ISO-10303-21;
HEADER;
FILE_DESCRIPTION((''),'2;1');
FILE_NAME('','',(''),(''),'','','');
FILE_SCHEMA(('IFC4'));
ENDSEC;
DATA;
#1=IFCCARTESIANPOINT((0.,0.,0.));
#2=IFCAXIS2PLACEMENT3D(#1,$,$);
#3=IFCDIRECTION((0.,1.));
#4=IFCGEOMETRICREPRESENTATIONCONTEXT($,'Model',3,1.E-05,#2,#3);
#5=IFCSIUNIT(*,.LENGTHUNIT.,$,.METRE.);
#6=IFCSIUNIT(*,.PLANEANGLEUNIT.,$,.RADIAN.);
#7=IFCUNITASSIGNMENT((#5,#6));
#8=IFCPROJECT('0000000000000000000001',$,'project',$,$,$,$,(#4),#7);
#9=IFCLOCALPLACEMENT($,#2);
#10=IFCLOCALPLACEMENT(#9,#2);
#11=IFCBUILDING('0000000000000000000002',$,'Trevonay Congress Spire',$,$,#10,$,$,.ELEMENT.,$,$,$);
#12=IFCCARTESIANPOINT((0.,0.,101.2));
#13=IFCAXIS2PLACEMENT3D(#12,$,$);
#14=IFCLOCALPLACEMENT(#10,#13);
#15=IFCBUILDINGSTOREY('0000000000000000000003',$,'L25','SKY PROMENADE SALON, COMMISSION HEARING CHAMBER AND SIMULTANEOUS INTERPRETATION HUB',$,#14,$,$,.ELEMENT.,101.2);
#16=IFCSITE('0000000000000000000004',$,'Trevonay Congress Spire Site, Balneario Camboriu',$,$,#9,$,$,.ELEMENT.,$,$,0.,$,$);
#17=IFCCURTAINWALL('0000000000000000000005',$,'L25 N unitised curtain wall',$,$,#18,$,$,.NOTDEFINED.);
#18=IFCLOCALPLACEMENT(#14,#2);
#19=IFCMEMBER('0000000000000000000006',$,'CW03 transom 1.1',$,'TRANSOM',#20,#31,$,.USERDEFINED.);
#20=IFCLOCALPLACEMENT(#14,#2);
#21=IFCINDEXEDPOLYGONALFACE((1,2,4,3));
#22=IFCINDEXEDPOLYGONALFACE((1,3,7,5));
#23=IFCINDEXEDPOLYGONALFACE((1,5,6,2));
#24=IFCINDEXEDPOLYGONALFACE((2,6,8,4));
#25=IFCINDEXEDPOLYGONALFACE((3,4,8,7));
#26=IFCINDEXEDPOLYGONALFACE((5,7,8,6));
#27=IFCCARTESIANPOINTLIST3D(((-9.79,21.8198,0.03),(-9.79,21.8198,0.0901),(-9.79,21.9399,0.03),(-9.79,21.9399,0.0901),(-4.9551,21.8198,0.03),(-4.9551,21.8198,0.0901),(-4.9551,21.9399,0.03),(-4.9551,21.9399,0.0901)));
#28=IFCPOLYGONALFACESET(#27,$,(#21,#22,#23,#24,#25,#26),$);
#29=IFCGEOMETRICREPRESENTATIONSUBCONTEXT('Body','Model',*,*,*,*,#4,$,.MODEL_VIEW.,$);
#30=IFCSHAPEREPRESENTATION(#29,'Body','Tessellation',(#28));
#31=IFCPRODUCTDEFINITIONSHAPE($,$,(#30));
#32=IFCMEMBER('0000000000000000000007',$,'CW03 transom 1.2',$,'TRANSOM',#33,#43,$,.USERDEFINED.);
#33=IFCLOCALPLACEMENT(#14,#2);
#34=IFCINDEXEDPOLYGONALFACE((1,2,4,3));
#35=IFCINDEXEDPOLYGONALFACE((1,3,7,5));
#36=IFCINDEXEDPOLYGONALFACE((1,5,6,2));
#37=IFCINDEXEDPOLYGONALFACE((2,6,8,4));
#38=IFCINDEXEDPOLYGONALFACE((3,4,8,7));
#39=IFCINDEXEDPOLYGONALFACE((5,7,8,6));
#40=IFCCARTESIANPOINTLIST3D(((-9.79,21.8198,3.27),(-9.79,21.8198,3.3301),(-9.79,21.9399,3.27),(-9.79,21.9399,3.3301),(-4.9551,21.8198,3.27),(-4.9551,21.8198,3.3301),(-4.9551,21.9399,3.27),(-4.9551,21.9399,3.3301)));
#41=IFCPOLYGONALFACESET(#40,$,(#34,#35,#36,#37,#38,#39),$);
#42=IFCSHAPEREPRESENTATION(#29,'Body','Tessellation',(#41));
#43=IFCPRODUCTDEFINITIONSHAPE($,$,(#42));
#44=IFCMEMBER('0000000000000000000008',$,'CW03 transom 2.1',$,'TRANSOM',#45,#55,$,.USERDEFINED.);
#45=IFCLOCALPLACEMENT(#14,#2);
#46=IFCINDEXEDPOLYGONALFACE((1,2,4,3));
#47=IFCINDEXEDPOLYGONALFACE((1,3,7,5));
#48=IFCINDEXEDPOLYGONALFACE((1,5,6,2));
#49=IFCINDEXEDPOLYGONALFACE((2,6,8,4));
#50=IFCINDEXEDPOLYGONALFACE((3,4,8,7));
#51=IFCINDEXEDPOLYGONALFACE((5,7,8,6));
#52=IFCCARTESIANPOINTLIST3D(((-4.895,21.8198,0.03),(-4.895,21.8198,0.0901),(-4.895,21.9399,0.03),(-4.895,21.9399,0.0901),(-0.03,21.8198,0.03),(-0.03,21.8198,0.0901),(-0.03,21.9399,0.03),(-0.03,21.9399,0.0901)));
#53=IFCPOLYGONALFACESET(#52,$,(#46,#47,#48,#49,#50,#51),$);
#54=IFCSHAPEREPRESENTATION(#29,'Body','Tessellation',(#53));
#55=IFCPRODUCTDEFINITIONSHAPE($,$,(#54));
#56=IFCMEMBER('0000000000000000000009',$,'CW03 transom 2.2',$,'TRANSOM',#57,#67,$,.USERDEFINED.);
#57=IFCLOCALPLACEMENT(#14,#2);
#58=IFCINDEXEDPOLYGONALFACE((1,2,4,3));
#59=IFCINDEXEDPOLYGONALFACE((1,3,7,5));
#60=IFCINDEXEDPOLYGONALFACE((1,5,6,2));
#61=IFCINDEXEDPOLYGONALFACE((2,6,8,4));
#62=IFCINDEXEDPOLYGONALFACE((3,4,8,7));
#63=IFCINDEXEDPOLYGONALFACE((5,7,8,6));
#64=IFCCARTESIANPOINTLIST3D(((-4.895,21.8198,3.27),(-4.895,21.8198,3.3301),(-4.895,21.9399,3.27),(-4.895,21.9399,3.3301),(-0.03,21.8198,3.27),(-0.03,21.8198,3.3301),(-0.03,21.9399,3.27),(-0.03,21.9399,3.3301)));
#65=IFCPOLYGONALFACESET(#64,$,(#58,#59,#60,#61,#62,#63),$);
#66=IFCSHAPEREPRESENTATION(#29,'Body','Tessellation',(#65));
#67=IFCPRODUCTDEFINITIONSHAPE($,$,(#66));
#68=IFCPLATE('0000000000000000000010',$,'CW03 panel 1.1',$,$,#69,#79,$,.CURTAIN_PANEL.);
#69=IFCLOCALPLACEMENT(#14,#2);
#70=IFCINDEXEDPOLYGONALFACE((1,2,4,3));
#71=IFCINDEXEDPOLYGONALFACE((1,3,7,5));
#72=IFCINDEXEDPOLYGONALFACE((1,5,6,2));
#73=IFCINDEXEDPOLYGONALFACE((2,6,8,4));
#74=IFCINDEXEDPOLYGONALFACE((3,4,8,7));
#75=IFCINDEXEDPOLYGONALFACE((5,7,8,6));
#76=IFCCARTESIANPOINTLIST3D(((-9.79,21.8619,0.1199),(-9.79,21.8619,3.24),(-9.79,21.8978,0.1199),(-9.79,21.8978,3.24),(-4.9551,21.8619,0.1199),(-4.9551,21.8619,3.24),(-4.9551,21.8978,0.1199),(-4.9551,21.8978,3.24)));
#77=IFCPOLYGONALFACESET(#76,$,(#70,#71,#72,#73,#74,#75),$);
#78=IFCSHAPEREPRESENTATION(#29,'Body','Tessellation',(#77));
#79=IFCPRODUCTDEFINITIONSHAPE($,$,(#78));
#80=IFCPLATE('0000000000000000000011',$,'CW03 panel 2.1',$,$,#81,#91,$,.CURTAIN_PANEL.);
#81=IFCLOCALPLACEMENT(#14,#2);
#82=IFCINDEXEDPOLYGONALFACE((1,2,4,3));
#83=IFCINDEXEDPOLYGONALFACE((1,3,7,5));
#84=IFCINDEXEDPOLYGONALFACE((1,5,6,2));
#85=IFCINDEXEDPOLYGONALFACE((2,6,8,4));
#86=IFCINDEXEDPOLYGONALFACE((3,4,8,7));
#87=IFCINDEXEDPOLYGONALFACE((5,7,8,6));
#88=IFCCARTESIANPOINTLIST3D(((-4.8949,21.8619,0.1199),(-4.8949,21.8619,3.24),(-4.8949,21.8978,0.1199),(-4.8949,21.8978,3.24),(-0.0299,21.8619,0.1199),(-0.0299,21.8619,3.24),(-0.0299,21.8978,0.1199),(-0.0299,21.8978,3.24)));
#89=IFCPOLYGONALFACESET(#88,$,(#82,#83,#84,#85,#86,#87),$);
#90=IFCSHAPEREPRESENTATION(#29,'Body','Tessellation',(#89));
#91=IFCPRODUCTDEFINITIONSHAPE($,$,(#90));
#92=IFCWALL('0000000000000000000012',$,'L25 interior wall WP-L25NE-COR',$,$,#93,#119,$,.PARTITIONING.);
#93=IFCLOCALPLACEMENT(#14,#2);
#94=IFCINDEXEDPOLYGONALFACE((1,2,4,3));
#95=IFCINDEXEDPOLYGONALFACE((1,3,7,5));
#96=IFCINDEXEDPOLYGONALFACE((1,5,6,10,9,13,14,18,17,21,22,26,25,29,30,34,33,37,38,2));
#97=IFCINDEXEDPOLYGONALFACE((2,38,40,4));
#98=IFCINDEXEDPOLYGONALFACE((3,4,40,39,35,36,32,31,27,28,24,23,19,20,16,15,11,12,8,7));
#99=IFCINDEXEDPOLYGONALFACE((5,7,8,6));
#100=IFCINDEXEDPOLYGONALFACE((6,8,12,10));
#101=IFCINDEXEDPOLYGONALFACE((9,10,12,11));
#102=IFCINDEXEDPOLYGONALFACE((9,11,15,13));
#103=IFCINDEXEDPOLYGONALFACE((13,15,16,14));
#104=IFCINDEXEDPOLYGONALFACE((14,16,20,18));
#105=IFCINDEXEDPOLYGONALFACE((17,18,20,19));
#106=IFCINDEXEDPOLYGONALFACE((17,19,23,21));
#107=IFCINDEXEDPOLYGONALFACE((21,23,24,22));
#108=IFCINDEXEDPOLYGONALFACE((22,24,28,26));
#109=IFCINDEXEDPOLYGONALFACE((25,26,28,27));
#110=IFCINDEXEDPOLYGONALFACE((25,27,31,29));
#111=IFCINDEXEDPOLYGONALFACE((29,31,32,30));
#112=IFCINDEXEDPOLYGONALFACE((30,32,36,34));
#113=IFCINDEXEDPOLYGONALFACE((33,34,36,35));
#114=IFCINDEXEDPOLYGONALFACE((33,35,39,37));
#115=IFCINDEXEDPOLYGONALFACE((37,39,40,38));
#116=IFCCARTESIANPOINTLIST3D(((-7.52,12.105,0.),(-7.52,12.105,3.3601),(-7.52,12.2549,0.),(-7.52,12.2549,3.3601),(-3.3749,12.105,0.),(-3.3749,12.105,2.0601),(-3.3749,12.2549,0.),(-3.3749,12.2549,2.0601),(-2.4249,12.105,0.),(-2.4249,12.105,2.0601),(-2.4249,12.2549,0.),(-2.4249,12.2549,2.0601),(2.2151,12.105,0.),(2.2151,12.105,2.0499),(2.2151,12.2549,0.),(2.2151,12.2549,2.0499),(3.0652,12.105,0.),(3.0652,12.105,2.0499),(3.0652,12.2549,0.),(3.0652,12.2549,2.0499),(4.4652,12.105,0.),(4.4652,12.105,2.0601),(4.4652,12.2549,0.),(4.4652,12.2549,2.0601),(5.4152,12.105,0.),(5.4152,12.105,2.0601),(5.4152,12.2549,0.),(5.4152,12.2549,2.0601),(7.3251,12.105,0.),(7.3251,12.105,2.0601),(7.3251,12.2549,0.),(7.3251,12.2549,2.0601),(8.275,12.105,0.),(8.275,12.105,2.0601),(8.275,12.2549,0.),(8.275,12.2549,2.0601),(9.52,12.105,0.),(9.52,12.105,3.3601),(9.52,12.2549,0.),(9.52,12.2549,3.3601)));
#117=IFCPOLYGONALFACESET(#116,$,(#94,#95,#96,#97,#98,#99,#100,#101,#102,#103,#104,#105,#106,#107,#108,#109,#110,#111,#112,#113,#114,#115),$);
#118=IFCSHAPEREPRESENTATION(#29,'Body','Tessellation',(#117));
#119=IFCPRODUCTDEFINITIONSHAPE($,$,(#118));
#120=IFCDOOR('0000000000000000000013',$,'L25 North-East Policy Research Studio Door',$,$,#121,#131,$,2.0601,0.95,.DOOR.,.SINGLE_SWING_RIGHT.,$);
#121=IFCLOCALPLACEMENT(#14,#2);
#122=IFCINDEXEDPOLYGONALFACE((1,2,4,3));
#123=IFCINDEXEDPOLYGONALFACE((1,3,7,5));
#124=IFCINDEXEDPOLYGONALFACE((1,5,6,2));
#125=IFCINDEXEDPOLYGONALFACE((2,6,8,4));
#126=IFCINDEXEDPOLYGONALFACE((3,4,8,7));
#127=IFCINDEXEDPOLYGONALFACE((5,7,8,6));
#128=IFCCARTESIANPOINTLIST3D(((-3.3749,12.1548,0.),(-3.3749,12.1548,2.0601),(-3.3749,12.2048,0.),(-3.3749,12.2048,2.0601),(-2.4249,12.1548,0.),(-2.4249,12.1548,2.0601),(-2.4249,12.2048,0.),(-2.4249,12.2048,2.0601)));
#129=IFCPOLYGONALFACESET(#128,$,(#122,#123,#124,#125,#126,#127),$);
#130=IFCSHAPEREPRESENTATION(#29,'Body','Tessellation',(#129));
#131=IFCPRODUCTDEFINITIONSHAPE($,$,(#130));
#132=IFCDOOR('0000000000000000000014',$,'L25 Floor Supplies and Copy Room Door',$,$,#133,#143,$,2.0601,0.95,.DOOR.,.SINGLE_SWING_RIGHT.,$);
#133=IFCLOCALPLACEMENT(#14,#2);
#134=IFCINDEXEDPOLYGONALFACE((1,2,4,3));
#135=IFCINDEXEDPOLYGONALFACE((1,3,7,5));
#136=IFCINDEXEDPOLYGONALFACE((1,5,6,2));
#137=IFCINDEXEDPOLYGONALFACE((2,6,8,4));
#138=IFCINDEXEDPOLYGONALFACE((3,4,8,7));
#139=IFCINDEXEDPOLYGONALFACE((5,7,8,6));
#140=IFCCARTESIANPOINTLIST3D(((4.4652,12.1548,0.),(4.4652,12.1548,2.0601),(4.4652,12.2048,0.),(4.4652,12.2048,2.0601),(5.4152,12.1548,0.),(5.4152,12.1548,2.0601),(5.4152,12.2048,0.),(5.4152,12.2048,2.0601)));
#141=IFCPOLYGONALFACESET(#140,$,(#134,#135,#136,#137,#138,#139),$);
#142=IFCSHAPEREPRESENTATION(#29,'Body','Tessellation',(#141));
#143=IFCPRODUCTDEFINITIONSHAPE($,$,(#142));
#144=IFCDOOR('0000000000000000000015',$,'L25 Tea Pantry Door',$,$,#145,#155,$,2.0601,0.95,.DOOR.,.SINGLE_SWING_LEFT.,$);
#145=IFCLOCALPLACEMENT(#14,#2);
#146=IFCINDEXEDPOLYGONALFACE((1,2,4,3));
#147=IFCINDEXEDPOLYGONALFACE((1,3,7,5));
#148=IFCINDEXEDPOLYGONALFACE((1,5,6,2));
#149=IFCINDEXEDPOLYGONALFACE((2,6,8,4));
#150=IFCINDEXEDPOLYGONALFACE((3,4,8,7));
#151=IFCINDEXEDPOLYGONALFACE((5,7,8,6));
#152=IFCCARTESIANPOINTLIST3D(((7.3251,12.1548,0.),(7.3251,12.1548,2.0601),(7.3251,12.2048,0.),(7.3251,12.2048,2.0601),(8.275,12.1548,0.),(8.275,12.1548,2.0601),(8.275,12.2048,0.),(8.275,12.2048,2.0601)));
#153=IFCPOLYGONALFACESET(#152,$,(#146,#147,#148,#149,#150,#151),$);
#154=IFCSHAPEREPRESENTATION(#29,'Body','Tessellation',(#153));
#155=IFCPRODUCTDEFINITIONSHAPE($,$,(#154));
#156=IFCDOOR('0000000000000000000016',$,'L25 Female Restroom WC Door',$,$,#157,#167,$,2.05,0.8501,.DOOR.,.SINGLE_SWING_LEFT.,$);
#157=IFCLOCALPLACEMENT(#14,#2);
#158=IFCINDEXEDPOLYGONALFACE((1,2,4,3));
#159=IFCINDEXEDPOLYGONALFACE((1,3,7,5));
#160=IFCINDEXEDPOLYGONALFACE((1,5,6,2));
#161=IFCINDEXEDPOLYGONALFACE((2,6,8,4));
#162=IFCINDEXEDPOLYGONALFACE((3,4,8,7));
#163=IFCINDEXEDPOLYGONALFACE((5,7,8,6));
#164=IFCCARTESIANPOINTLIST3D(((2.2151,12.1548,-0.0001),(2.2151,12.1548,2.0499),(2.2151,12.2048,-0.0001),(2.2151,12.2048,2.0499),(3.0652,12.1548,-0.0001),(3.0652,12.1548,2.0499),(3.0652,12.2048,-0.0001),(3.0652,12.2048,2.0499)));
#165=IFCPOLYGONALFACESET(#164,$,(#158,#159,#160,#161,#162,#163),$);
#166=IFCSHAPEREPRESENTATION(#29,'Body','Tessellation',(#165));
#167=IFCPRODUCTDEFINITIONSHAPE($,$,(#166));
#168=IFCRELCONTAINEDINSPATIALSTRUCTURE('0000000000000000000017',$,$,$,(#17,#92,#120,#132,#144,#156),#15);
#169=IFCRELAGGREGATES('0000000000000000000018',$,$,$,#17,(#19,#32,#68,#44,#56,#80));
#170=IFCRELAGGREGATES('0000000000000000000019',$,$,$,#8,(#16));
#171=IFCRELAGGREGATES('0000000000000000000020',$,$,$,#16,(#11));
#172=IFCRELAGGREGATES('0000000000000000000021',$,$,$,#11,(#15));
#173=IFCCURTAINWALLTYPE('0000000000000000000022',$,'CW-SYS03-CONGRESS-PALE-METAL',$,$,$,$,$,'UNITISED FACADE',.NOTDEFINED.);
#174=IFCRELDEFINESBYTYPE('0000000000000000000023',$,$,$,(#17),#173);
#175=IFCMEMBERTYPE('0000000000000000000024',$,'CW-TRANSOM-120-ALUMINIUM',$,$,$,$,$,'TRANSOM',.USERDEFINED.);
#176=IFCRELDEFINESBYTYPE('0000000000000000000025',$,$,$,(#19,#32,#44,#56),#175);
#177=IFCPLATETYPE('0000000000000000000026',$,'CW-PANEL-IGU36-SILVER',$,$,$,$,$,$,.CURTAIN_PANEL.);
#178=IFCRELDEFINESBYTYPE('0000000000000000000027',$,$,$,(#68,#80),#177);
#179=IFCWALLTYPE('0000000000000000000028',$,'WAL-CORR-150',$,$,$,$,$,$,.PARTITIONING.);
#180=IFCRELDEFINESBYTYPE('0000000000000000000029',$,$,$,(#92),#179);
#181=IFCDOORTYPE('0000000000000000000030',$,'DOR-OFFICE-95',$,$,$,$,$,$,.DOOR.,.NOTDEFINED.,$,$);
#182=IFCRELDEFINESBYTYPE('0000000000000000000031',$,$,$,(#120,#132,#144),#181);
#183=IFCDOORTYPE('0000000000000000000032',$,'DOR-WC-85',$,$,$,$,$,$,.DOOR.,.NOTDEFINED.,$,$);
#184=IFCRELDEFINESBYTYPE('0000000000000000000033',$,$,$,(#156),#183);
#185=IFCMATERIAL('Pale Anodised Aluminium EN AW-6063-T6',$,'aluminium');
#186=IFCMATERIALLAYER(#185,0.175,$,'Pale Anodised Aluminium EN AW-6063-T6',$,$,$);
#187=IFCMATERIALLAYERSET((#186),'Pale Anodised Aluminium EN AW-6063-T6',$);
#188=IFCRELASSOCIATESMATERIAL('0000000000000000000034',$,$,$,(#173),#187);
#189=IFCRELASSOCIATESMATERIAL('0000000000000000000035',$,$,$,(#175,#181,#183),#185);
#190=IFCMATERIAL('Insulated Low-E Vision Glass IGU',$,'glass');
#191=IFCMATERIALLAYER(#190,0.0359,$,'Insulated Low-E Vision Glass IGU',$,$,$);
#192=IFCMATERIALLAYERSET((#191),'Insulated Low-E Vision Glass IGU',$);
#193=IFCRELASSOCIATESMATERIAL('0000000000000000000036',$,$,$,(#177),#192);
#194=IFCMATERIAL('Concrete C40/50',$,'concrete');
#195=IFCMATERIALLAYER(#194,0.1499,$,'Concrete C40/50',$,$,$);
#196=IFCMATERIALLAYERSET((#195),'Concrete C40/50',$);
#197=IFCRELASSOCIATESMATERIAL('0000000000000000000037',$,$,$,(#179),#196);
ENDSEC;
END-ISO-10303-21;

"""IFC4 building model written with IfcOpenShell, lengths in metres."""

from ifc_helpers import new_model, si_unit, direction, frame, frame_2d, origin, origin_2d, place, context, subcontext, project, spatial, rectangle, extrude, material, layer, layer_set, material_profile, profile_set, type_object, element, fill, aggregate, save


model = new_model("IFC4")

# Units and contexts
model_context = context("Model", 3, precision=1e-05, world=origin(), true_north=direction((0.0, 1.0)))
body_context = subcontext(model_context, "Body", "Model", "MODEL_VIEW")
ifc_project = project(units=[si_unit("LENGTHUNIT", "METRE"), si_unit("PLANEANGLEUNIT", "RADIAN")], contexts=[model_context])

# Site, building, storey
site_placement = place(None, origin())
site = spatial("IfcSite", under=ifc_project, at=site_placement, Name="Trevonay Congress Spire Site, Balneario Camboriu", CompositionType="ELEMENT", RefElevation=0.0)
building_placement = place(site_placement, origin())
building = spatial("IfcBuilding", under=site, at=building_placement, Name="Trevonay Congress Spire", CompositionType="ELEMENT")
storey_placement = place(building_placement, frame((0.0, 0.0, 101.2)))
storey = spatial("IfcBuildingStorey", under=building, at=storey_placement, Name="L25", Description="SKY PROMENADE SALON, COMMISSION HEARING CHAMBER AND SIMULTANEOUS INTERPRETATION HUB", CompositionType="ELEMENT", Elevation=101.2)

# Curtain wall, members, plates
ifc_material_1 = material(Name="Pale Anodised Aluminium EN AW-6063-T6", Category="aluminium")
ifc_layer_1 = layer(ifc_material_1, 0.175, Name="Pale Anodised Aluminium EN AW-6063-T6")
ifc_layer_set_1 = layer_set([ifc_layer_1], Name="Pale Anodised Aluminium EN AW-6063-T6")
curtain_wall_type = type_object("IfcCurtainWallType", Name="CW-SYS03-CONGRESS-PALE-METAL", ElementType="UNITISED FACADE", PredefinedType="NOTDEFINED", material=ifc_layer_set_1)
curtain_wall_placement = place(storey_placement, origin())
curtain_wall = element("IfcCurtainWall", 1, at=curtain_wall_placement, inside=storey, type_object=curtain_wall_type, Name="L25 N unitised curtain wall", PredefinedType="NOTDEFINED")
ifc_material_profile_1 = material_profile(ifc_material_1, rectangle(XDim=0.1201, YDim=0.0601, at=origin_2d()), Name="CW-TRANSOM-120-ALUMINIUM")
ifc_profile_set_1 = profile_set([ifc_material_profile_1], Name="Pale Anodised Aluminium EN AW-6063-T6")
member_type_1 = type_object("IfcMemberType", Name="CW-TRANSOM-120-ALUMINIUM", ElementType="TRANSOM", PredefinedType="USERDEFINED", material=ifc_profile_set_1)
member_1_placement = place(storey_placement, frame((-9.79, 21.8799, 0.0601), z_axis=(1.0, 0.0, 0.0), x_axis=(0.0, 1.0, 0.0)))
member_1 = element("IfcMember", 2, at=member_1_placement, type_object=member_type_1, Name="CW03 transom 1.1", ObjectType="TRANSOM", PredefinedType="USERDEFINED", context=body_context, shape_type="SweptSolid", body=[
    extrude(rectangle(XDim=0.1201, YDim=0.0601, at=origin_2d()), origin(), (0.0, 0.0, 1.0), 4.835),
])
member_2_placement = place(storey_placement, frame((-9.79, 21.8799, 3.3), z_axis=(1.0, 0.0, 0.0), x_axis=(0.0, 1.0, 0.0)))
member_2 = element("IfcMember", 3, at=member_2_placement, type_object=member_type_1, Name="CW03 transom 1.2", ObjectType="TRANSOM", PredefinedType="USERDEFINED", context=body_context, shape_type="SweptSolid", body=[
    extrude(rectangle(XDim=0.1201, YDim=0.0601, at=origin_2d()), origin(), (0.0, 0.0, 1.0), 4.835),
])
member_3_placement = place(storey_placement, frame((-4.895, 21.8799, 0.0601), z_axis=(1.0, 0.0, 0.0), x_axis=(0.0, 1.0, 0.0)))
member_3 = element("IfcMember", 4, at=member_3_placement, type_object=member_type_1, Name="CW03 transom 2.1", ObjectType="TRANSOM", PredefinedType="USERDEFINED", context=body_context, shape_type="SweptSolid", body=[
    extrude(rectangle(XDim=0.1201, YDim=0.0601, at=origin_2d()), origin(), (0.0, 0.0, 1.0), 4.865),
])
member_4_placement = place(storey_placement, frame((-4.895, 21.8799, 3.3), z_axis=(1.0, 0.0, 0.0), x_axis=(0.0, 1.0, 0.0)))
member_4 = element("IfcMember", 5, at=member_4_placement, type_object=member_type_1, Name="CW03 transom 2.2", ObjectType="TRANSOM", PredefinedType="USERDEFINED", context=body_context, shape_type="SweptSolid", body=[
    extrude(rectangle(XDim=0.1201, YDim=0.0601, at=origin_2d()), origin(), (0.0, 0.0, 1.0), 4.865),
])
ifc_material_2 = material(Name="Insulated Low-E Vision Glass IGU", Category="glass")
ifc_layer_2 = layer(ifc_material_2, 0.0359, Name="Insulated Low-E Vision Glass IGU")
ifc_layer_set_2 = layer_set([ifc_layer_2], Name="Insulated Low-E Vision Glass IGU")
plate_type = type_object("IfcPlateType", Name="CW-PANEL-IGU36-SILVER", PredefinedType="CURTAIN_PANEL", material=ifc_layer_set_2)
plate_1_placement = place(storey_placement, frame((-7.3726, 21.8799, 0.1199), z_axis=(0.0, 0.0, 1.0), x_axis=(1.0, 0.0, 0.0)))
plate_1 = element("IfcPlate", 6, at=plate_1_placement, type_object=plate_type, Name="CW03 panel 1.1", PredefinedType="CURTAIN_PANEL", context=body_context, shape_type="SweptSolid", body=[
    extrude(rectangle(XDim=4.835, YDim=0.0359, at=origin_2d()), origin(), (0.0, 0.0, 1.0), 3.1201),
])
plate_2_placement = place(storey_placement, frame((-2.4624, 21.8799, 0.1199), z_axis=(0.0, 0.0, 1.0), x_axis=(1.0, 0.0, 0.0)))
plate_2 = element("IfcPlate", 7, at=plate_2_placement, type_object=plate_type, Name="CW03 panel 2.1", PredefinedType="CURTAIN_PANEL", context=body_context, shape_type="SweptSolid", body=[
    extrude(rectangle(XDim=4.865, YDim=0.0359, at=origin_2d()), origin(), (0.0, 0.0, 1.0), 3.1201),
])
aggregate(curtain_wall, [member_1, member_2, plate_1, member_3, member_4, plate_2])

# Wall, openings, doors
ifc_material_3 = material(Name="Concrete C40/50", Category="concrete")
ifc_layer_3 = layer(ifc_material_3, 0.1499, Name="Concrete C40/50")
ifc_layer_set_3 = layer_set([ifc_layer_3], Name="Concrete C40/50")
wall_type_1 = type_object("IfcWallType", Name="WAL-CORR-150", PredefinedType="PARTITIONING", material=ifc_layer_set_3)
wall_1_placement = place(storey_placement, frame((-7.52, 12.1799, 0.0), z_axis=(0.0, 0.0, 1.0), x_axis=(1.0, 0.0, 0.0)))
wall_1 = element("IfcWall", 8, at=wall_1_placement, inside=storey, type_object=wall_type_1, Name="L25 interior wall WP-L25NE-COR", PredefinedType="PARTITIONING", context=body_context, shape_type="SweptSolid", body=[
    extrude(rectangle(XDim=17.04, YDim=0.1499, at=frame_2d((8.52, 0.0))), origin(), (0.0, 0.0, 1.0), 3.3601),
])
opening_1_placement = place(wall_1_placement, frame((4.145, 0.0, 0.0)))
opening_1 = element("IfcOpeningElement", 9, at=opening_1_placement, cuts=wall_1, PredefinedType="OPENING", context=body_context, shape_type="SweptSolid", body=[
    extrude(rectangle(XDim=0.95, YDim=2.0601, at=frame_2d((0.4751, 1.03))), frame((0.0, 0.085, 0.0), z_axis=(0.0, -1.0, 0.0), x_axis=(1.0, 0.0, 0.0)), (0.0, 0.0, 1.0), 0.1699),
])
opening_2_placement = place(wall_1_placement, frame((9.7351, 0.0, 0.0)))
opening_2 = element("IfcOpeningElement", 10, at=opening_2_placement, cuts=wall_1, PredefinedType="OPENING", context=body_context, shape_type="SweptSolid", body=[
    extrude(rectangle(XDim=0.8501, YDim=2.05, at=frame_2d((0.425, 1.0249))), frame((0.0, 0.085, 0.0), z_axis=(0.0, -1.0, 0.0), x_axis=(1.0, 0.0, 0.0)), (0.0, 0.0, 1.0), 0.1699),
])
opening_3_placement = place(wall_1_placement, frame((11.9851, 0.0, 0.0)))
opening_3 = element("IfcOpeningElement", 11, at=opening_3_placement, cuts=wall_1, PredefinedType="OPENING", context=body_context, shape_type="SweptSolid", body=[
    extrude(rectangle(XDim=0.95, YDim=2.0601, at=frame_2d((0.4751, 1.03))), frame((0.0, 0.085, 0.0), z_axis=(0.0, -1.0, 0.0), x_axis=(1.0, 0.0, 0.0)), (0.0, 0.0, 1.0), 0.1699),
])
opening_4_placement = place(wall_1_placement, frame((14.845, 0.0, 0.0)))
opening_4 = element("IfcOpeningElement", 12, at=opening_4_placement, cuts=wall_1, PredefinedType="OPENING", context=body_context, shape_type="SweptSolid", body=[
    extrude(rectangle(XDim=0.95, YDim=2.0601, at=frame_2d((0.4751, 1.03))), frame((0.0, 0.085, 0.0), z_axis=(0.0, -1.0, 0.0), x_axis=(1.0, 0.0, 0.0)), (0.0, 0.0, 1.0), 0.1699),
])
door_type_1 = type_object("IfcDoorType", Name="DOR-OFFICE-95", OperationType="NOTDEFINED", PredefinedType="DOOR", material=ifc_material_1)
door_1_placement = place(opening_1_placement, origin())
door_1 = element("IfcDoor", 13, at=door_1_placement, inside=storey, type_object=door_type_1, Name="L25 North-East Policy Research Studio Door", OperationType="SINGLE_SWING_RIGHT", OverallHeight=2.0601, OverallWidth=0.95, PredefinedType="DOOR", context=body_context, shape_type="SweptSolid", body=[
    extrude(rectangle(XDim=0.95, YDim=2.0601, at=frame_2d((0.4751, 1.03))), frame((0.0, 0.0249, 0.0), z_axis=(0.0, -1.0, 0.0), x_axis=(1.0, 0.0, 0.0)), (0.0, 0.0, 1.0), 0.05),
])
fill(opening_1, door_1)
door_2_placement = place(opening_3_placement, origin())
door_2 = element("IfcDoor", 14, at=door_2_placement, inside=storey, type_object=door_type_1, Name="L25 Floor Supplies and Copy Room Door", OperationType="SINGLE_SWING_RIGHT", OverallHeight=2.0601, OverallWidth=0.95, PredefinedType="DOOR", context=body_context, shape_type="SweptSolid", body=[
    extrude(rectangle(XDim=0.95, YDim=2.0601, at=frame_2d((0.4751, 1.03))), frame((0.0, 0.0249, 0.0), z_axis=(0.0, -1.0, 0.0), x_axis=(1.0, 0.0, 0.0)), (0.0, 0.0, 1.0), 0.05),
])
fill(opening_3, door_2)
door_3_placement = place(opening_4_placement, origin())
door_3 = element("IfcDoor", 15, at=door_3_placement, inside=storey, type_object=door_type_1, Name="L25 Tea Pantry Door", OperationType="SINGLE_SWING_LEFT", OverallHeight=2.0601, OverallWidth=0.95, PredefinedType="DOOR", context=body_context, shape_type="SweptSolid", body=[
    extrude(rectangle(XDim=0.95, YDim=2.0601, at=frame_2d((0.4751, 1.03))), frame((0.0, 0.0249, 0.0), z_axis=(0.0, -1.0, 0.0), x_axis=(1.0, 0.0, 0.0)), (0.0, 0.0, 1.0), 0.05),
])
fill(opening_4, door_3)
door_type_2 = type_object("IfcDoorType", Name="DOR-WC-85", OperationType="NOTDEFINED", PredefinedType="DOOR", material=ifc_material_1)
door_4_placement = place(opening_2_placement, origin())
door_4 = element("IfcDoor", 16, at=door_4_placement, inside=storey, type_object=door_type_2, Name="L25 Female Restroom WC Door", OperationType="SINGLE_SWING_LEFT", OverallHeight=2.05, OverallWidth=0.8501, PredefinedType="DOOR", context=body_context, shape_type="SweptSolid", body=[
    extrude(rectangle(XDim=0.8501, YDim=2.05, at=frame_2d((0.425, 1.0249))), frame((0.0, 0.0249, 0.0), z_axis=(0.0, -1.0, 0.0), x_axis=(1.0, 0.0, 0.0)), (0.0, 0.0, 1.0), 0.05),
])
fill(opening_2, door_4)

save(model, "model.ifc")
